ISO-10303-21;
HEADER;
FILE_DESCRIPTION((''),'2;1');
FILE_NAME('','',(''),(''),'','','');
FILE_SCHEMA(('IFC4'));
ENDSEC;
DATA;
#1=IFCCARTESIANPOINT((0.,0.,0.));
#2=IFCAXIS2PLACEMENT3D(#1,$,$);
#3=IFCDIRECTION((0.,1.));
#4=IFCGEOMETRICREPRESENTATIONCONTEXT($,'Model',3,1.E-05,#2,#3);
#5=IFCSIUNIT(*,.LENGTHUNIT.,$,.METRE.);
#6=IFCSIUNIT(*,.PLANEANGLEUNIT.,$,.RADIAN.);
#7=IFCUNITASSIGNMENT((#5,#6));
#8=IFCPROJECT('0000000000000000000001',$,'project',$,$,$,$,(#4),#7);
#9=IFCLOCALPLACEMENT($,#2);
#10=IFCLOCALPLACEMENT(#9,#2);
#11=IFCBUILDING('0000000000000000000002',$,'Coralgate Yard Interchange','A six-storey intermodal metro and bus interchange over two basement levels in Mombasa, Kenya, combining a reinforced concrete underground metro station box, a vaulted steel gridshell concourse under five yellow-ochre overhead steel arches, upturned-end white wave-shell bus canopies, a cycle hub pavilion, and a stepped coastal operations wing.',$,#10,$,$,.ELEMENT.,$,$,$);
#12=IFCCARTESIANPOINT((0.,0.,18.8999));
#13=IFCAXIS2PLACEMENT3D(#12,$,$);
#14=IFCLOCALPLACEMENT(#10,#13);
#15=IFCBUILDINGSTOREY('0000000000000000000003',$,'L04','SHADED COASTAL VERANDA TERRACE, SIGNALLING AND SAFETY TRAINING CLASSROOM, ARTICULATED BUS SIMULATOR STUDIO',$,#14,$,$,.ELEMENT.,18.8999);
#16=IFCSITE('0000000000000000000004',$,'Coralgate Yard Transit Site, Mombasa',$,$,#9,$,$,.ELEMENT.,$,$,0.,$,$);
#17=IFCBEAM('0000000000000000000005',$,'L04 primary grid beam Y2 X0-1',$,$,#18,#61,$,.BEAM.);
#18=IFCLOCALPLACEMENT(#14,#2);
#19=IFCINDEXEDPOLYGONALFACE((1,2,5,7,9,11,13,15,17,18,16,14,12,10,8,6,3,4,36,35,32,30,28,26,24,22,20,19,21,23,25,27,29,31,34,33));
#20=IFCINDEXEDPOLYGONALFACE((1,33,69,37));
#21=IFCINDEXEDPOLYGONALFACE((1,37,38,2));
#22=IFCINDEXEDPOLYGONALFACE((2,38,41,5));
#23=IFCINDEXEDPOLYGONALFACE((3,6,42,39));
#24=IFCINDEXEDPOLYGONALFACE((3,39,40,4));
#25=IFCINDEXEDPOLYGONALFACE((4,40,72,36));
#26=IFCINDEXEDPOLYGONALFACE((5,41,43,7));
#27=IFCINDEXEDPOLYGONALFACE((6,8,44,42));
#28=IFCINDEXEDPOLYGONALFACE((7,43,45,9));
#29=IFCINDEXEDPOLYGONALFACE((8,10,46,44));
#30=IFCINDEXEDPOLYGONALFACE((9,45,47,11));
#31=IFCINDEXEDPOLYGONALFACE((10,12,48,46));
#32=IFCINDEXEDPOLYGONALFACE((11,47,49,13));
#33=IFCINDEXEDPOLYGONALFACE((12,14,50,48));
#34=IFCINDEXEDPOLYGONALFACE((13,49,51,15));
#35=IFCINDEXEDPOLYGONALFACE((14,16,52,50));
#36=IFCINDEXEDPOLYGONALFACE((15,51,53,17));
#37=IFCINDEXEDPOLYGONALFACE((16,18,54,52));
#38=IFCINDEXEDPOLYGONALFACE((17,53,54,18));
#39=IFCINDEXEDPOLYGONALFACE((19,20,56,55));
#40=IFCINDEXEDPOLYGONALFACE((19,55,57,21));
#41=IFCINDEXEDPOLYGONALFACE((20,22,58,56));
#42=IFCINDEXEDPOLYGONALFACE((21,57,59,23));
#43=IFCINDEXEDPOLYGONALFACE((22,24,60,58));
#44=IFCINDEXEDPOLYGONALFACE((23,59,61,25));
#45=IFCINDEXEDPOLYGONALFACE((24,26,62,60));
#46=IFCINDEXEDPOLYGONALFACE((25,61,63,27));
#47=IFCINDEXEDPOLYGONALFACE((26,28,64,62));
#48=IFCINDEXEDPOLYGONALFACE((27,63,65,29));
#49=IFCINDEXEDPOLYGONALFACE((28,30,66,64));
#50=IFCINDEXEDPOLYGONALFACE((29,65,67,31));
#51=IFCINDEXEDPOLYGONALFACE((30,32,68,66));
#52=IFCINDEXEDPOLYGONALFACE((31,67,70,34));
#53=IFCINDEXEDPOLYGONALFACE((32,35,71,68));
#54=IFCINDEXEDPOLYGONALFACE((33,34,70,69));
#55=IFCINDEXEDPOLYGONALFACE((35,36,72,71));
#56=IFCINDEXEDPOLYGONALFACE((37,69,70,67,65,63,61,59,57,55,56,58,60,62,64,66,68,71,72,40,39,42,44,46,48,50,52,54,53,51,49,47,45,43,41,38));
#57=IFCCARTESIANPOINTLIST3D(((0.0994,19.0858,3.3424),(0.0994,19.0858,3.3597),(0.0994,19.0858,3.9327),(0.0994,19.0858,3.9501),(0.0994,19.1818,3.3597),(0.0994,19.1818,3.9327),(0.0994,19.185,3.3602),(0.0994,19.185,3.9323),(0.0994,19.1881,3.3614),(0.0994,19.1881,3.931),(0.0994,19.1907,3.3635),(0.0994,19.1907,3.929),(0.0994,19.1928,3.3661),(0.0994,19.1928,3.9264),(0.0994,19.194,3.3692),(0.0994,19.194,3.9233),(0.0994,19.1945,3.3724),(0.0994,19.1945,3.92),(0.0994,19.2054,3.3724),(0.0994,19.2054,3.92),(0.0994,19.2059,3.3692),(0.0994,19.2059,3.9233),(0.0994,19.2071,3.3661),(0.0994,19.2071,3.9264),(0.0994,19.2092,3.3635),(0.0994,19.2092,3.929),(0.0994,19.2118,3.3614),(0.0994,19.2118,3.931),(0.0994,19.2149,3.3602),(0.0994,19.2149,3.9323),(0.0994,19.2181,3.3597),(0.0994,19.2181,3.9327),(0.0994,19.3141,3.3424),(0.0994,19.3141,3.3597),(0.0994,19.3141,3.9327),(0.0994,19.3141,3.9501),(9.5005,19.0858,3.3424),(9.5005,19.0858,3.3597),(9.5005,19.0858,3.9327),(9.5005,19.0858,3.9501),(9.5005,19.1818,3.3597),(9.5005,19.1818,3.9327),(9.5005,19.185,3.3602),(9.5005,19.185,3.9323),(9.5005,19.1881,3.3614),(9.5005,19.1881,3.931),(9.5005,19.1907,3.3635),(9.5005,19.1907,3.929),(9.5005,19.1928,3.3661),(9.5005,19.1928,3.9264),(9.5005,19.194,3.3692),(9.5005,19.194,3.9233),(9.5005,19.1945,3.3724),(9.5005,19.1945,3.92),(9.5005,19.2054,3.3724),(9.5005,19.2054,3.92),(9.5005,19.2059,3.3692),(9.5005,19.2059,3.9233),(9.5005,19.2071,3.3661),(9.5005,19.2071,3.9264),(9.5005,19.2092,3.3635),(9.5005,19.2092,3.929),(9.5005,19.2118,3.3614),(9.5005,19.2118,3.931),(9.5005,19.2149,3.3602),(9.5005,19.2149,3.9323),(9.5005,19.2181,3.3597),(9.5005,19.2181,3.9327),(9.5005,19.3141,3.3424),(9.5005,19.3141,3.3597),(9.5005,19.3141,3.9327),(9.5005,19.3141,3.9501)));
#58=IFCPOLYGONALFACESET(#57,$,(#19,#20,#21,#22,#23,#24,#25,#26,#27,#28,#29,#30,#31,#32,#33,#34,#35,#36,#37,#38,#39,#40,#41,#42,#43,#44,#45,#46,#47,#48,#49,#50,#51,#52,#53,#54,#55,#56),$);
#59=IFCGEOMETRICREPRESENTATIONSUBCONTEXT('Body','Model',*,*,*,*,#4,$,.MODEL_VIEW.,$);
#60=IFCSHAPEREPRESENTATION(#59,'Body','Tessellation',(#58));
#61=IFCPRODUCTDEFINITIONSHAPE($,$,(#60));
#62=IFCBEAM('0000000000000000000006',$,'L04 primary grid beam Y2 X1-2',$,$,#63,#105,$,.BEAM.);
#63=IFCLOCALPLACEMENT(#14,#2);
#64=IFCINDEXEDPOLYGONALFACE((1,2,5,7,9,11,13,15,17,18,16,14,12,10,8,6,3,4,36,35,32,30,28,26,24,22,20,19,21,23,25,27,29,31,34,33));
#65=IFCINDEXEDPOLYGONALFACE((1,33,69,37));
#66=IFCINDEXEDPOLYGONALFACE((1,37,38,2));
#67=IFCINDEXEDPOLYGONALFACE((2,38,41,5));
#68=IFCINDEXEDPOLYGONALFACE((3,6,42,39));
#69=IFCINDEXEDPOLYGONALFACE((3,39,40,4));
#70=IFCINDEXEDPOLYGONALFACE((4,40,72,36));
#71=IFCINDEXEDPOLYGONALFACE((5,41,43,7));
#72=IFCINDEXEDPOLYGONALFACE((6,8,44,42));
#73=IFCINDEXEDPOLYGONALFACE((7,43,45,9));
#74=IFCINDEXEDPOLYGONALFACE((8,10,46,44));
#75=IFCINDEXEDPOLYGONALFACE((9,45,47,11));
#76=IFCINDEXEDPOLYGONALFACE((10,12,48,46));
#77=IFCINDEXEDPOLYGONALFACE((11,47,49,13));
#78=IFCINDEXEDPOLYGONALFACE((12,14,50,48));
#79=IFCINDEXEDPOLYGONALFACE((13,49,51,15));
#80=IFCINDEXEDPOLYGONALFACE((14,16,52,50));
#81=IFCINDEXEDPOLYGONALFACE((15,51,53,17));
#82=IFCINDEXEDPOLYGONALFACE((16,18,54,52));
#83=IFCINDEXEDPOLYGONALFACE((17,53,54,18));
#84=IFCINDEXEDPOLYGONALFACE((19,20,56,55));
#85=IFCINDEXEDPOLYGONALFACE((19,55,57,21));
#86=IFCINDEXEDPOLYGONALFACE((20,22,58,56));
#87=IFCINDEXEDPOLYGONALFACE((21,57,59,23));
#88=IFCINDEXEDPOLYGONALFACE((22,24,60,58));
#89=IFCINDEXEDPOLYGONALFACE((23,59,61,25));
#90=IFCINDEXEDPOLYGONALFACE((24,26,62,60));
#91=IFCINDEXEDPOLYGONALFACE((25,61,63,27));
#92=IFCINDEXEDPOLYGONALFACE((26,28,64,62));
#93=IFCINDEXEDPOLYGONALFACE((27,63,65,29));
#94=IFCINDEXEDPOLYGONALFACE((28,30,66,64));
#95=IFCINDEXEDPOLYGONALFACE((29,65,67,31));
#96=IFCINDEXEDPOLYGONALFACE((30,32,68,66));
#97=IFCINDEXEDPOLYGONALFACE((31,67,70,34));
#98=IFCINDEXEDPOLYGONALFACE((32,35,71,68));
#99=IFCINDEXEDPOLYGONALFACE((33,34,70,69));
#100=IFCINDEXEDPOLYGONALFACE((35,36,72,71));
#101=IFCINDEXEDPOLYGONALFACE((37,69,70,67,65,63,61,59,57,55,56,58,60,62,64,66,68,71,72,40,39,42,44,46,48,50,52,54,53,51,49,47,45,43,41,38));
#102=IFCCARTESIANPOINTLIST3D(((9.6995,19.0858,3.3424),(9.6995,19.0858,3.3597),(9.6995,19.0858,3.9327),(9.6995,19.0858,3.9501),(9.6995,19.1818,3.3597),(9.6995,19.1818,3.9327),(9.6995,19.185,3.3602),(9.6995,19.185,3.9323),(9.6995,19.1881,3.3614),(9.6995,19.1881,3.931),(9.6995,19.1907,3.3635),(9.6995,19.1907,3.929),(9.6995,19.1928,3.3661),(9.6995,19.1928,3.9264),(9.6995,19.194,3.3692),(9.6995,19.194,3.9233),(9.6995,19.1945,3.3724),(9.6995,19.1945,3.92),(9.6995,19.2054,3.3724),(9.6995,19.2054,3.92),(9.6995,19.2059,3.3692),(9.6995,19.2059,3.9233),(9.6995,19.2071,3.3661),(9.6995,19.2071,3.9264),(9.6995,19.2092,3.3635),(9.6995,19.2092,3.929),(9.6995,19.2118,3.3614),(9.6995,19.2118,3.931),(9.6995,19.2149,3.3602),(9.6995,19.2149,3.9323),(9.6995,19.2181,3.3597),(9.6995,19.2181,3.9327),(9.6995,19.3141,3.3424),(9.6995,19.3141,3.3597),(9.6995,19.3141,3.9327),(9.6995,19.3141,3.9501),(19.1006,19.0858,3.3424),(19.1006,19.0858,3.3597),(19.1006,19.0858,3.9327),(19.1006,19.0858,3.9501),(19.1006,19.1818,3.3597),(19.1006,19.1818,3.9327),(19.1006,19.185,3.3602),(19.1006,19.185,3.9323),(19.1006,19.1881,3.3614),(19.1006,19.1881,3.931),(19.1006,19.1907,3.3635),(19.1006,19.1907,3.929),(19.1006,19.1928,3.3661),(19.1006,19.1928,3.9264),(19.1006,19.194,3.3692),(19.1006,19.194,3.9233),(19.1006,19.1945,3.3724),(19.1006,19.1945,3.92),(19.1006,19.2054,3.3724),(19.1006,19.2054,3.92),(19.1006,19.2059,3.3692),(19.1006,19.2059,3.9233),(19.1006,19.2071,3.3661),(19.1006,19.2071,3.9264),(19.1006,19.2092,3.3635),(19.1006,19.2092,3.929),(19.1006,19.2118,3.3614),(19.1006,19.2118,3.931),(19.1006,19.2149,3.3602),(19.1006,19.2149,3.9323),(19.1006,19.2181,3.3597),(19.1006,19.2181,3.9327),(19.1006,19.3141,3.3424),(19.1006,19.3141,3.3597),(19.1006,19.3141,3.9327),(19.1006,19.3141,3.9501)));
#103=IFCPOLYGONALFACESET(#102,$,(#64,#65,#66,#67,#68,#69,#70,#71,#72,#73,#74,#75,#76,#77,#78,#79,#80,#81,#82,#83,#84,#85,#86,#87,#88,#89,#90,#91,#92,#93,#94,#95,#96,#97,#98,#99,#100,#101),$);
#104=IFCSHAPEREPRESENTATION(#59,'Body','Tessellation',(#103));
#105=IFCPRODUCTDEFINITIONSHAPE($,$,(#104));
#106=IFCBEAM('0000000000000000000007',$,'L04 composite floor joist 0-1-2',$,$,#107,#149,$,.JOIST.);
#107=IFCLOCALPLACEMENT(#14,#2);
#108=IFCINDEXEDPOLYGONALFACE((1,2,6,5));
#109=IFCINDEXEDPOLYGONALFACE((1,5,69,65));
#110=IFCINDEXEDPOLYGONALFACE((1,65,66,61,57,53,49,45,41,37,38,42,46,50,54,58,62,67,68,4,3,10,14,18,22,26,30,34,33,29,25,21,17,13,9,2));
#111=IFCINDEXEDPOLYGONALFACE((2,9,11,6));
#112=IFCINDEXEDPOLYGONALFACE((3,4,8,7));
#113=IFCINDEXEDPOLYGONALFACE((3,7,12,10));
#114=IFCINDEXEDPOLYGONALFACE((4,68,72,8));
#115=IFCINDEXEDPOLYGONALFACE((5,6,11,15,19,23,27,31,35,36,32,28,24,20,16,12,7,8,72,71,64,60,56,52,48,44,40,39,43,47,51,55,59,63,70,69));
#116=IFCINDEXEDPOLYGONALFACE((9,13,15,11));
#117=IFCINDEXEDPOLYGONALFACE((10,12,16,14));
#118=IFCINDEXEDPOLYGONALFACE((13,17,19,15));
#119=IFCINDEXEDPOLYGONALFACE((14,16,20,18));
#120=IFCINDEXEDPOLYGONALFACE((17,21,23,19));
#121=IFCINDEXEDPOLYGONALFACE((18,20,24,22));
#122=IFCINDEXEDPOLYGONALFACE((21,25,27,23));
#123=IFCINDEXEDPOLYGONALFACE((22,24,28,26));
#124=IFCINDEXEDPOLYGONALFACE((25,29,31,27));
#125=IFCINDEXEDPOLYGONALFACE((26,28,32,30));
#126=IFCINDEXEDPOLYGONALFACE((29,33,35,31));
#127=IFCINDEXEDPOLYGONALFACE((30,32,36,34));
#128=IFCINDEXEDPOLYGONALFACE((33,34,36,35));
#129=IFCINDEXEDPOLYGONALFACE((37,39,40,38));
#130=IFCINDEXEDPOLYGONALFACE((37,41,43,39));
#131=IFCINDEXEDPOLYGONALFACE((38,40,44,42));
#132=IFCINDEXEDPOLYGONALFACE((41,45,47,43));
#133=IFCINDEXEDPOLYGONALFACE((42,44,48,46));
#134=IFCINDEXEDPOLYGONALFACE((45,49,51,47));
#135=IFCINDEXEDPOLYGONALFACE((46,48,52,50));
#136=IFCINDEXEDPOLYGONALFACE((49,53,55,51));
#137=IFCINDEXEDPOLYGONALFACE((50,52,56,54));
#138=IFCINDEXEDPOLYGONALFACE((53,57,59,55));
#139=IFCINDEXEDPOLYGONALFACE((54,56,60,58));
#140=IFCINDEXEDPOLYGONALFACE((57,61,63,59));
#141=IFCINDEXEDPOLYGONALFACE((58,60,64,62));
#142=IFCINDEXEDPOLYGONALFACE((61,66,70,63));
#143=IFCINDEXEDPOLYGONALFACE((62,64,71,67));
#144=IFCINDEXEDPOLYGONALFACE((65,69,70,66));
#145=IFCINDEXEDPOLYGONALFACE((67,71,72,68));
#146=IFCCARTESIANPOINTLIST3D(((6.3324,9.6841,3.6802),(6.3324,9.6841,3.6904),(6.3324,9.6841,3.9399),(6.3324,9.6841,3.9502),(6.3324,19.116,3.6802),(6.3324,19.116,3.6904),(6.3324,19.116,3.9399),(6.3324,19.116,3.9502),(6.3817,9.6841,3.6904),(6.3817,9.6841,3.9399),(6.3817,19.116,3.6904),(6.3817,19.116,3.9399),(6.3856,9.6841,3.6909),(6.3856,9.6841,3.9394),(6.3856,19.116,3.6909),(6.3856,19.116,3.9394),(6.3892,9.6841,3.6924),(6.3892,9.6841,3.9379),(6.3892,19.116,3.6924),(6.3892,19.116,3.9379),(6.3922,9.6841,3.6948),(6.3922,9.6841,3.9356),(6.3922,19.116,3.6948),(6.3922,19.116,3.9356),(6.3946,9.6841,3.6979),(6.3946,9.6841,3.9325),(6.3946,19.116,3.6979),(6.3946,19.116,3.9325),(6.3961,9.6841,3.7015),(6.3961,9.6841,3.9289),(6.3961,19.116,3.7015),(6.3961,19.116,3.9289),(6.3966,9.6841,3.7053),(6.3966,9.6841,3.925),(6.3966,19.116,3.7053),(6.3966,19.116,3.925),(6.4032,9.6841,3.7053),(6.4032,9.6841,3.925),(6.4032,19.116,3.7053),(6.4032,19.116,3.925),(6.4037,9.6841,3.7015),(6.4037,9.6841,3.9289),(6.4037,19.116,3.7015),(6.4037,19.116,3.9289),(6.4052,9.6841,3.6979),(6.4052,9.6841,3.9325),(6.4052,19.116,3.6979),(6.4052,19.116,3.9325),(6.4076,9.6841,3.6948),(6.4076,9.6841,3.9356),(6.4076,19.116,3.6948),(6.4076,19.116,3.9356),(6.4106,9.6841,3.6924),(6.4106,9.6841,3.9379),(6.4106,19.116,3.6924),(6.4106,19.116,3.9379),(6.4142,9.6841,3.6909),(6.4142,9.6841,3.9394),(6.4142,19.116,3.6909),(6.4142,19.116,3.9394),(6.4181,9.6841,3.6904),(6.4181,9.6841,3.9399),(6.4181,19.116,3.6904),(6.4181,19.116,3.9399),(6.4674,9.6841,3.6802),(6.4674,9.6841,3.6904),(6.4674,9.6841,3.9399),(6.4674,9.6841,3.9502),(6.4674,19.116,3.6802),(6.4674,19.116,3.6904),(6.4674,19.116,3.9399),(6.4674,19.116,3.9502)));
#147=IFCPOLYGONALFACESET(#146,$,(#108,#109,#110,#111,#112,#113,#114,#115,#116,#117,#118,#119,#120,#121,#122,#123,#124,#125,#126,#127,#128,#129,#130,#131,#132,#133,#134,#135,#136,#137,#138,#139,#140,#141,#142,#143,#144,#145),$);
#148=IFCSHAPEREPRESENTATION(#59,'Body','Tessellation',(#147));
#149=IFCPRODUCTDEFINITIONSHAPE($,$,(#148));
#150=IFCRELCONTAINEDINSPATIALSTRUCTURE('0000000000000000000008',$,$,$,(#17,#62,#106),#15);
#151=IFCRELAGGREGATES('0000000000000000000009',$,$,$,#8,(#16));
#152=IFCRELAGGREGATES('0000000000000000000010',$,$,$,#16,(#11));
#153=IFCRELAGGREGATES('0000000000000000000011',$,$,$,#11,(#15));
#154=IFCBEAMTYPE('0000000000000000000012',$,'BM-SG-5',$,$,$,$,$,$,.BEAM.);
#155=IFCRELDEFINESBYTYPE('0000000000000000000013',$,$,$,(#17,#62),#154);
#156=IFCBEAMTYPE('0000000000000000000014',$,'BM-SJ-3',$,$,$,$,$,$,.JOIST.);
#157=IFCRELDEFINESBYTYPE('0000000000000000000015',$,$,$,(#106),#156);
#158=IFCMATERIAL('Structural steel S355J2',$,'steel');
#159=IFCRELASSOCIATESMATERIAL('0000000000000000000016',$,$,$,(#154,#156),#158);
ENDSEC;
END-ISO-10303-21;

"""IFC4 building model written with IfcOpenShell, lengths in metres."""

from ifc_helpers import new_model, si_unit, direction, frame, origin, origin_2d, place, context, subcontext, project, spatial, i_section, extrude, material, material_profile, profile_set, type_object, element, save


model = new_model("IFC4")

# Units and contexts
model_context = context("Model", 3, precision=1e-05, world=origin(), true_north=direction((0.0, 1.0)))
body_context = subcontext(model_context, "Body", "Model", "MODEL_VIEW")
ifc_project = project(units=[si_unit("LENGTHUNIT", "METRE"), si_unit("PLANEANGLEUNIT", "RADIAN")], contexts=[model_context])

# Site, building, storey
site_placement = place(None, origin())
site = spatial("IfcSite", under=ifc_project, at=site_placement, Name="Coralgate Yard Transit Site, Mombasa", CompositionType="ELEMENT", RefElevation=0.0)
building_placement = place(site_placement, origin())
building = spatial("IfcBuilding", under=site, at=building_placement, Name="Coralgate Yard Interchange", Description="A six-storey intermodal metro and bus interchange over two basement levels in Mombasa, Kenya, combining a reinforced concrete underground metro station box, a vaulted steel gridshell concourse under five yellow-ochre overhead steel arches, upturned-end white wave-shell bus canopies, a cycle hub pavilion, and a stepped coastal operations wing.", CompositionType="ELEMENT")
storey_placement = place(building_placement, frame((0.0, 0.0, 18.8999)))
storey = spatial("IfcBuildingStorey", under=building, at=storey_placement, Name="L04", Description="SHADED COASTAL VERANDA TERRACE, SIGNALLING AND SAFETY TRAINING CLASSROOM, ARTICULATED BUS SIMULATOR STUDIO", CompositionType="ELEMENT", Elevation=18.8999)

# Shared definitions
ifc_material_1 = material(Name="Structural steel S355J2", Category="steel")

# Beams
ifc_material_profile_1 = material_profile(ifc_material_1, i_section(OverallWidth=0.2283, OverallDepth=0.6077, WebThickness=0.011, FlangeThickness=0.0173, FilletRadius=0.0127, at=origin_2d()), Name="UB 610x229x113")
ifc_profile_set_1 = profile_set([ifc_material_profile_1], Name="Structural steel S355J2")
beam_type_1 = type_object("IfcBeamType", Name="BM-SG-5", PredefinedType="BEAM", material=ifc_profile_set_1)
for number, where, z_axis, x_axis, name in (
    (1, (0.0994, 19.2, 3.6462), (1.0, 0.0, 0.0), (0.0, 1.0, 0.0), "L04 primary grid beam Y2 X0-1"),
    (2, (9.6995, 19.2, 3.6462), (1.0, 0.0, 0.0), (0.0, 1.0, 0.0), "L04 primary grid beam Y2 X1-2"),
):
    element("IfcBeam", number, at=place(storey_placement, frame(where, z_axis=z_axis, x_axis=x_axis)), inside=storey, type_object=beam_type_1, Name=name, PredefinedType="BEAM", context=body_context, shape_type="SweptSolid", body=[
        extrude(i_section(OverallWidth=0.2283, OverallDepth=0.6077, WebThickness=0.011, FlangeThickness=0.0173, FilletRadius=0.0127, at=origin_2d()), origin(), (0.0, 0.0, 1.0), 9.4011),
    ])
ifc_material_profile_2 = material_profile(ifc_material_1, i_section(OverallWidth=0.135, OverallDepth=0.27, WebThickness=0.0066, FlangeThickness=0.0103, FilletRadius=0.0149, at=origin_2d()), Name="IPE 270")
ifc_profile_set_2 = profile_set([ifc_material_profile_2], Name="Structural steel S355J2")
beam_type_2 = type_object("IfcBeamType", Name="BM-SJ-3", PredefinedType="JOIST", material=ifc_profile_set_2)
beam_placement = place(storey_placement, frame((6.3999, 9.6841, 3.8152), z_axis=(0.0, 1.0, 0.0), x_axis=(-1.0, 0.0, 0.0)))
element("IfcBeam", 3, at=beam_placement, inside=storey, type_object=beam_type_2, Name="L04 composite floor joist 0-1-2", PredefinedType="JOIST", context=body_context, shape_type="SweptSolid", body=[
    extrude(i_section(OverallWidth=0.135, OverallDepth=0.27, WebThickness=0.0066, FlangeThickness=0.0103, FilletRadius=0.0149, at=origin_2d()), origin(), (0.0, 0.0, 1.0), 9.4319),
])

save(model, "model.ifc")
